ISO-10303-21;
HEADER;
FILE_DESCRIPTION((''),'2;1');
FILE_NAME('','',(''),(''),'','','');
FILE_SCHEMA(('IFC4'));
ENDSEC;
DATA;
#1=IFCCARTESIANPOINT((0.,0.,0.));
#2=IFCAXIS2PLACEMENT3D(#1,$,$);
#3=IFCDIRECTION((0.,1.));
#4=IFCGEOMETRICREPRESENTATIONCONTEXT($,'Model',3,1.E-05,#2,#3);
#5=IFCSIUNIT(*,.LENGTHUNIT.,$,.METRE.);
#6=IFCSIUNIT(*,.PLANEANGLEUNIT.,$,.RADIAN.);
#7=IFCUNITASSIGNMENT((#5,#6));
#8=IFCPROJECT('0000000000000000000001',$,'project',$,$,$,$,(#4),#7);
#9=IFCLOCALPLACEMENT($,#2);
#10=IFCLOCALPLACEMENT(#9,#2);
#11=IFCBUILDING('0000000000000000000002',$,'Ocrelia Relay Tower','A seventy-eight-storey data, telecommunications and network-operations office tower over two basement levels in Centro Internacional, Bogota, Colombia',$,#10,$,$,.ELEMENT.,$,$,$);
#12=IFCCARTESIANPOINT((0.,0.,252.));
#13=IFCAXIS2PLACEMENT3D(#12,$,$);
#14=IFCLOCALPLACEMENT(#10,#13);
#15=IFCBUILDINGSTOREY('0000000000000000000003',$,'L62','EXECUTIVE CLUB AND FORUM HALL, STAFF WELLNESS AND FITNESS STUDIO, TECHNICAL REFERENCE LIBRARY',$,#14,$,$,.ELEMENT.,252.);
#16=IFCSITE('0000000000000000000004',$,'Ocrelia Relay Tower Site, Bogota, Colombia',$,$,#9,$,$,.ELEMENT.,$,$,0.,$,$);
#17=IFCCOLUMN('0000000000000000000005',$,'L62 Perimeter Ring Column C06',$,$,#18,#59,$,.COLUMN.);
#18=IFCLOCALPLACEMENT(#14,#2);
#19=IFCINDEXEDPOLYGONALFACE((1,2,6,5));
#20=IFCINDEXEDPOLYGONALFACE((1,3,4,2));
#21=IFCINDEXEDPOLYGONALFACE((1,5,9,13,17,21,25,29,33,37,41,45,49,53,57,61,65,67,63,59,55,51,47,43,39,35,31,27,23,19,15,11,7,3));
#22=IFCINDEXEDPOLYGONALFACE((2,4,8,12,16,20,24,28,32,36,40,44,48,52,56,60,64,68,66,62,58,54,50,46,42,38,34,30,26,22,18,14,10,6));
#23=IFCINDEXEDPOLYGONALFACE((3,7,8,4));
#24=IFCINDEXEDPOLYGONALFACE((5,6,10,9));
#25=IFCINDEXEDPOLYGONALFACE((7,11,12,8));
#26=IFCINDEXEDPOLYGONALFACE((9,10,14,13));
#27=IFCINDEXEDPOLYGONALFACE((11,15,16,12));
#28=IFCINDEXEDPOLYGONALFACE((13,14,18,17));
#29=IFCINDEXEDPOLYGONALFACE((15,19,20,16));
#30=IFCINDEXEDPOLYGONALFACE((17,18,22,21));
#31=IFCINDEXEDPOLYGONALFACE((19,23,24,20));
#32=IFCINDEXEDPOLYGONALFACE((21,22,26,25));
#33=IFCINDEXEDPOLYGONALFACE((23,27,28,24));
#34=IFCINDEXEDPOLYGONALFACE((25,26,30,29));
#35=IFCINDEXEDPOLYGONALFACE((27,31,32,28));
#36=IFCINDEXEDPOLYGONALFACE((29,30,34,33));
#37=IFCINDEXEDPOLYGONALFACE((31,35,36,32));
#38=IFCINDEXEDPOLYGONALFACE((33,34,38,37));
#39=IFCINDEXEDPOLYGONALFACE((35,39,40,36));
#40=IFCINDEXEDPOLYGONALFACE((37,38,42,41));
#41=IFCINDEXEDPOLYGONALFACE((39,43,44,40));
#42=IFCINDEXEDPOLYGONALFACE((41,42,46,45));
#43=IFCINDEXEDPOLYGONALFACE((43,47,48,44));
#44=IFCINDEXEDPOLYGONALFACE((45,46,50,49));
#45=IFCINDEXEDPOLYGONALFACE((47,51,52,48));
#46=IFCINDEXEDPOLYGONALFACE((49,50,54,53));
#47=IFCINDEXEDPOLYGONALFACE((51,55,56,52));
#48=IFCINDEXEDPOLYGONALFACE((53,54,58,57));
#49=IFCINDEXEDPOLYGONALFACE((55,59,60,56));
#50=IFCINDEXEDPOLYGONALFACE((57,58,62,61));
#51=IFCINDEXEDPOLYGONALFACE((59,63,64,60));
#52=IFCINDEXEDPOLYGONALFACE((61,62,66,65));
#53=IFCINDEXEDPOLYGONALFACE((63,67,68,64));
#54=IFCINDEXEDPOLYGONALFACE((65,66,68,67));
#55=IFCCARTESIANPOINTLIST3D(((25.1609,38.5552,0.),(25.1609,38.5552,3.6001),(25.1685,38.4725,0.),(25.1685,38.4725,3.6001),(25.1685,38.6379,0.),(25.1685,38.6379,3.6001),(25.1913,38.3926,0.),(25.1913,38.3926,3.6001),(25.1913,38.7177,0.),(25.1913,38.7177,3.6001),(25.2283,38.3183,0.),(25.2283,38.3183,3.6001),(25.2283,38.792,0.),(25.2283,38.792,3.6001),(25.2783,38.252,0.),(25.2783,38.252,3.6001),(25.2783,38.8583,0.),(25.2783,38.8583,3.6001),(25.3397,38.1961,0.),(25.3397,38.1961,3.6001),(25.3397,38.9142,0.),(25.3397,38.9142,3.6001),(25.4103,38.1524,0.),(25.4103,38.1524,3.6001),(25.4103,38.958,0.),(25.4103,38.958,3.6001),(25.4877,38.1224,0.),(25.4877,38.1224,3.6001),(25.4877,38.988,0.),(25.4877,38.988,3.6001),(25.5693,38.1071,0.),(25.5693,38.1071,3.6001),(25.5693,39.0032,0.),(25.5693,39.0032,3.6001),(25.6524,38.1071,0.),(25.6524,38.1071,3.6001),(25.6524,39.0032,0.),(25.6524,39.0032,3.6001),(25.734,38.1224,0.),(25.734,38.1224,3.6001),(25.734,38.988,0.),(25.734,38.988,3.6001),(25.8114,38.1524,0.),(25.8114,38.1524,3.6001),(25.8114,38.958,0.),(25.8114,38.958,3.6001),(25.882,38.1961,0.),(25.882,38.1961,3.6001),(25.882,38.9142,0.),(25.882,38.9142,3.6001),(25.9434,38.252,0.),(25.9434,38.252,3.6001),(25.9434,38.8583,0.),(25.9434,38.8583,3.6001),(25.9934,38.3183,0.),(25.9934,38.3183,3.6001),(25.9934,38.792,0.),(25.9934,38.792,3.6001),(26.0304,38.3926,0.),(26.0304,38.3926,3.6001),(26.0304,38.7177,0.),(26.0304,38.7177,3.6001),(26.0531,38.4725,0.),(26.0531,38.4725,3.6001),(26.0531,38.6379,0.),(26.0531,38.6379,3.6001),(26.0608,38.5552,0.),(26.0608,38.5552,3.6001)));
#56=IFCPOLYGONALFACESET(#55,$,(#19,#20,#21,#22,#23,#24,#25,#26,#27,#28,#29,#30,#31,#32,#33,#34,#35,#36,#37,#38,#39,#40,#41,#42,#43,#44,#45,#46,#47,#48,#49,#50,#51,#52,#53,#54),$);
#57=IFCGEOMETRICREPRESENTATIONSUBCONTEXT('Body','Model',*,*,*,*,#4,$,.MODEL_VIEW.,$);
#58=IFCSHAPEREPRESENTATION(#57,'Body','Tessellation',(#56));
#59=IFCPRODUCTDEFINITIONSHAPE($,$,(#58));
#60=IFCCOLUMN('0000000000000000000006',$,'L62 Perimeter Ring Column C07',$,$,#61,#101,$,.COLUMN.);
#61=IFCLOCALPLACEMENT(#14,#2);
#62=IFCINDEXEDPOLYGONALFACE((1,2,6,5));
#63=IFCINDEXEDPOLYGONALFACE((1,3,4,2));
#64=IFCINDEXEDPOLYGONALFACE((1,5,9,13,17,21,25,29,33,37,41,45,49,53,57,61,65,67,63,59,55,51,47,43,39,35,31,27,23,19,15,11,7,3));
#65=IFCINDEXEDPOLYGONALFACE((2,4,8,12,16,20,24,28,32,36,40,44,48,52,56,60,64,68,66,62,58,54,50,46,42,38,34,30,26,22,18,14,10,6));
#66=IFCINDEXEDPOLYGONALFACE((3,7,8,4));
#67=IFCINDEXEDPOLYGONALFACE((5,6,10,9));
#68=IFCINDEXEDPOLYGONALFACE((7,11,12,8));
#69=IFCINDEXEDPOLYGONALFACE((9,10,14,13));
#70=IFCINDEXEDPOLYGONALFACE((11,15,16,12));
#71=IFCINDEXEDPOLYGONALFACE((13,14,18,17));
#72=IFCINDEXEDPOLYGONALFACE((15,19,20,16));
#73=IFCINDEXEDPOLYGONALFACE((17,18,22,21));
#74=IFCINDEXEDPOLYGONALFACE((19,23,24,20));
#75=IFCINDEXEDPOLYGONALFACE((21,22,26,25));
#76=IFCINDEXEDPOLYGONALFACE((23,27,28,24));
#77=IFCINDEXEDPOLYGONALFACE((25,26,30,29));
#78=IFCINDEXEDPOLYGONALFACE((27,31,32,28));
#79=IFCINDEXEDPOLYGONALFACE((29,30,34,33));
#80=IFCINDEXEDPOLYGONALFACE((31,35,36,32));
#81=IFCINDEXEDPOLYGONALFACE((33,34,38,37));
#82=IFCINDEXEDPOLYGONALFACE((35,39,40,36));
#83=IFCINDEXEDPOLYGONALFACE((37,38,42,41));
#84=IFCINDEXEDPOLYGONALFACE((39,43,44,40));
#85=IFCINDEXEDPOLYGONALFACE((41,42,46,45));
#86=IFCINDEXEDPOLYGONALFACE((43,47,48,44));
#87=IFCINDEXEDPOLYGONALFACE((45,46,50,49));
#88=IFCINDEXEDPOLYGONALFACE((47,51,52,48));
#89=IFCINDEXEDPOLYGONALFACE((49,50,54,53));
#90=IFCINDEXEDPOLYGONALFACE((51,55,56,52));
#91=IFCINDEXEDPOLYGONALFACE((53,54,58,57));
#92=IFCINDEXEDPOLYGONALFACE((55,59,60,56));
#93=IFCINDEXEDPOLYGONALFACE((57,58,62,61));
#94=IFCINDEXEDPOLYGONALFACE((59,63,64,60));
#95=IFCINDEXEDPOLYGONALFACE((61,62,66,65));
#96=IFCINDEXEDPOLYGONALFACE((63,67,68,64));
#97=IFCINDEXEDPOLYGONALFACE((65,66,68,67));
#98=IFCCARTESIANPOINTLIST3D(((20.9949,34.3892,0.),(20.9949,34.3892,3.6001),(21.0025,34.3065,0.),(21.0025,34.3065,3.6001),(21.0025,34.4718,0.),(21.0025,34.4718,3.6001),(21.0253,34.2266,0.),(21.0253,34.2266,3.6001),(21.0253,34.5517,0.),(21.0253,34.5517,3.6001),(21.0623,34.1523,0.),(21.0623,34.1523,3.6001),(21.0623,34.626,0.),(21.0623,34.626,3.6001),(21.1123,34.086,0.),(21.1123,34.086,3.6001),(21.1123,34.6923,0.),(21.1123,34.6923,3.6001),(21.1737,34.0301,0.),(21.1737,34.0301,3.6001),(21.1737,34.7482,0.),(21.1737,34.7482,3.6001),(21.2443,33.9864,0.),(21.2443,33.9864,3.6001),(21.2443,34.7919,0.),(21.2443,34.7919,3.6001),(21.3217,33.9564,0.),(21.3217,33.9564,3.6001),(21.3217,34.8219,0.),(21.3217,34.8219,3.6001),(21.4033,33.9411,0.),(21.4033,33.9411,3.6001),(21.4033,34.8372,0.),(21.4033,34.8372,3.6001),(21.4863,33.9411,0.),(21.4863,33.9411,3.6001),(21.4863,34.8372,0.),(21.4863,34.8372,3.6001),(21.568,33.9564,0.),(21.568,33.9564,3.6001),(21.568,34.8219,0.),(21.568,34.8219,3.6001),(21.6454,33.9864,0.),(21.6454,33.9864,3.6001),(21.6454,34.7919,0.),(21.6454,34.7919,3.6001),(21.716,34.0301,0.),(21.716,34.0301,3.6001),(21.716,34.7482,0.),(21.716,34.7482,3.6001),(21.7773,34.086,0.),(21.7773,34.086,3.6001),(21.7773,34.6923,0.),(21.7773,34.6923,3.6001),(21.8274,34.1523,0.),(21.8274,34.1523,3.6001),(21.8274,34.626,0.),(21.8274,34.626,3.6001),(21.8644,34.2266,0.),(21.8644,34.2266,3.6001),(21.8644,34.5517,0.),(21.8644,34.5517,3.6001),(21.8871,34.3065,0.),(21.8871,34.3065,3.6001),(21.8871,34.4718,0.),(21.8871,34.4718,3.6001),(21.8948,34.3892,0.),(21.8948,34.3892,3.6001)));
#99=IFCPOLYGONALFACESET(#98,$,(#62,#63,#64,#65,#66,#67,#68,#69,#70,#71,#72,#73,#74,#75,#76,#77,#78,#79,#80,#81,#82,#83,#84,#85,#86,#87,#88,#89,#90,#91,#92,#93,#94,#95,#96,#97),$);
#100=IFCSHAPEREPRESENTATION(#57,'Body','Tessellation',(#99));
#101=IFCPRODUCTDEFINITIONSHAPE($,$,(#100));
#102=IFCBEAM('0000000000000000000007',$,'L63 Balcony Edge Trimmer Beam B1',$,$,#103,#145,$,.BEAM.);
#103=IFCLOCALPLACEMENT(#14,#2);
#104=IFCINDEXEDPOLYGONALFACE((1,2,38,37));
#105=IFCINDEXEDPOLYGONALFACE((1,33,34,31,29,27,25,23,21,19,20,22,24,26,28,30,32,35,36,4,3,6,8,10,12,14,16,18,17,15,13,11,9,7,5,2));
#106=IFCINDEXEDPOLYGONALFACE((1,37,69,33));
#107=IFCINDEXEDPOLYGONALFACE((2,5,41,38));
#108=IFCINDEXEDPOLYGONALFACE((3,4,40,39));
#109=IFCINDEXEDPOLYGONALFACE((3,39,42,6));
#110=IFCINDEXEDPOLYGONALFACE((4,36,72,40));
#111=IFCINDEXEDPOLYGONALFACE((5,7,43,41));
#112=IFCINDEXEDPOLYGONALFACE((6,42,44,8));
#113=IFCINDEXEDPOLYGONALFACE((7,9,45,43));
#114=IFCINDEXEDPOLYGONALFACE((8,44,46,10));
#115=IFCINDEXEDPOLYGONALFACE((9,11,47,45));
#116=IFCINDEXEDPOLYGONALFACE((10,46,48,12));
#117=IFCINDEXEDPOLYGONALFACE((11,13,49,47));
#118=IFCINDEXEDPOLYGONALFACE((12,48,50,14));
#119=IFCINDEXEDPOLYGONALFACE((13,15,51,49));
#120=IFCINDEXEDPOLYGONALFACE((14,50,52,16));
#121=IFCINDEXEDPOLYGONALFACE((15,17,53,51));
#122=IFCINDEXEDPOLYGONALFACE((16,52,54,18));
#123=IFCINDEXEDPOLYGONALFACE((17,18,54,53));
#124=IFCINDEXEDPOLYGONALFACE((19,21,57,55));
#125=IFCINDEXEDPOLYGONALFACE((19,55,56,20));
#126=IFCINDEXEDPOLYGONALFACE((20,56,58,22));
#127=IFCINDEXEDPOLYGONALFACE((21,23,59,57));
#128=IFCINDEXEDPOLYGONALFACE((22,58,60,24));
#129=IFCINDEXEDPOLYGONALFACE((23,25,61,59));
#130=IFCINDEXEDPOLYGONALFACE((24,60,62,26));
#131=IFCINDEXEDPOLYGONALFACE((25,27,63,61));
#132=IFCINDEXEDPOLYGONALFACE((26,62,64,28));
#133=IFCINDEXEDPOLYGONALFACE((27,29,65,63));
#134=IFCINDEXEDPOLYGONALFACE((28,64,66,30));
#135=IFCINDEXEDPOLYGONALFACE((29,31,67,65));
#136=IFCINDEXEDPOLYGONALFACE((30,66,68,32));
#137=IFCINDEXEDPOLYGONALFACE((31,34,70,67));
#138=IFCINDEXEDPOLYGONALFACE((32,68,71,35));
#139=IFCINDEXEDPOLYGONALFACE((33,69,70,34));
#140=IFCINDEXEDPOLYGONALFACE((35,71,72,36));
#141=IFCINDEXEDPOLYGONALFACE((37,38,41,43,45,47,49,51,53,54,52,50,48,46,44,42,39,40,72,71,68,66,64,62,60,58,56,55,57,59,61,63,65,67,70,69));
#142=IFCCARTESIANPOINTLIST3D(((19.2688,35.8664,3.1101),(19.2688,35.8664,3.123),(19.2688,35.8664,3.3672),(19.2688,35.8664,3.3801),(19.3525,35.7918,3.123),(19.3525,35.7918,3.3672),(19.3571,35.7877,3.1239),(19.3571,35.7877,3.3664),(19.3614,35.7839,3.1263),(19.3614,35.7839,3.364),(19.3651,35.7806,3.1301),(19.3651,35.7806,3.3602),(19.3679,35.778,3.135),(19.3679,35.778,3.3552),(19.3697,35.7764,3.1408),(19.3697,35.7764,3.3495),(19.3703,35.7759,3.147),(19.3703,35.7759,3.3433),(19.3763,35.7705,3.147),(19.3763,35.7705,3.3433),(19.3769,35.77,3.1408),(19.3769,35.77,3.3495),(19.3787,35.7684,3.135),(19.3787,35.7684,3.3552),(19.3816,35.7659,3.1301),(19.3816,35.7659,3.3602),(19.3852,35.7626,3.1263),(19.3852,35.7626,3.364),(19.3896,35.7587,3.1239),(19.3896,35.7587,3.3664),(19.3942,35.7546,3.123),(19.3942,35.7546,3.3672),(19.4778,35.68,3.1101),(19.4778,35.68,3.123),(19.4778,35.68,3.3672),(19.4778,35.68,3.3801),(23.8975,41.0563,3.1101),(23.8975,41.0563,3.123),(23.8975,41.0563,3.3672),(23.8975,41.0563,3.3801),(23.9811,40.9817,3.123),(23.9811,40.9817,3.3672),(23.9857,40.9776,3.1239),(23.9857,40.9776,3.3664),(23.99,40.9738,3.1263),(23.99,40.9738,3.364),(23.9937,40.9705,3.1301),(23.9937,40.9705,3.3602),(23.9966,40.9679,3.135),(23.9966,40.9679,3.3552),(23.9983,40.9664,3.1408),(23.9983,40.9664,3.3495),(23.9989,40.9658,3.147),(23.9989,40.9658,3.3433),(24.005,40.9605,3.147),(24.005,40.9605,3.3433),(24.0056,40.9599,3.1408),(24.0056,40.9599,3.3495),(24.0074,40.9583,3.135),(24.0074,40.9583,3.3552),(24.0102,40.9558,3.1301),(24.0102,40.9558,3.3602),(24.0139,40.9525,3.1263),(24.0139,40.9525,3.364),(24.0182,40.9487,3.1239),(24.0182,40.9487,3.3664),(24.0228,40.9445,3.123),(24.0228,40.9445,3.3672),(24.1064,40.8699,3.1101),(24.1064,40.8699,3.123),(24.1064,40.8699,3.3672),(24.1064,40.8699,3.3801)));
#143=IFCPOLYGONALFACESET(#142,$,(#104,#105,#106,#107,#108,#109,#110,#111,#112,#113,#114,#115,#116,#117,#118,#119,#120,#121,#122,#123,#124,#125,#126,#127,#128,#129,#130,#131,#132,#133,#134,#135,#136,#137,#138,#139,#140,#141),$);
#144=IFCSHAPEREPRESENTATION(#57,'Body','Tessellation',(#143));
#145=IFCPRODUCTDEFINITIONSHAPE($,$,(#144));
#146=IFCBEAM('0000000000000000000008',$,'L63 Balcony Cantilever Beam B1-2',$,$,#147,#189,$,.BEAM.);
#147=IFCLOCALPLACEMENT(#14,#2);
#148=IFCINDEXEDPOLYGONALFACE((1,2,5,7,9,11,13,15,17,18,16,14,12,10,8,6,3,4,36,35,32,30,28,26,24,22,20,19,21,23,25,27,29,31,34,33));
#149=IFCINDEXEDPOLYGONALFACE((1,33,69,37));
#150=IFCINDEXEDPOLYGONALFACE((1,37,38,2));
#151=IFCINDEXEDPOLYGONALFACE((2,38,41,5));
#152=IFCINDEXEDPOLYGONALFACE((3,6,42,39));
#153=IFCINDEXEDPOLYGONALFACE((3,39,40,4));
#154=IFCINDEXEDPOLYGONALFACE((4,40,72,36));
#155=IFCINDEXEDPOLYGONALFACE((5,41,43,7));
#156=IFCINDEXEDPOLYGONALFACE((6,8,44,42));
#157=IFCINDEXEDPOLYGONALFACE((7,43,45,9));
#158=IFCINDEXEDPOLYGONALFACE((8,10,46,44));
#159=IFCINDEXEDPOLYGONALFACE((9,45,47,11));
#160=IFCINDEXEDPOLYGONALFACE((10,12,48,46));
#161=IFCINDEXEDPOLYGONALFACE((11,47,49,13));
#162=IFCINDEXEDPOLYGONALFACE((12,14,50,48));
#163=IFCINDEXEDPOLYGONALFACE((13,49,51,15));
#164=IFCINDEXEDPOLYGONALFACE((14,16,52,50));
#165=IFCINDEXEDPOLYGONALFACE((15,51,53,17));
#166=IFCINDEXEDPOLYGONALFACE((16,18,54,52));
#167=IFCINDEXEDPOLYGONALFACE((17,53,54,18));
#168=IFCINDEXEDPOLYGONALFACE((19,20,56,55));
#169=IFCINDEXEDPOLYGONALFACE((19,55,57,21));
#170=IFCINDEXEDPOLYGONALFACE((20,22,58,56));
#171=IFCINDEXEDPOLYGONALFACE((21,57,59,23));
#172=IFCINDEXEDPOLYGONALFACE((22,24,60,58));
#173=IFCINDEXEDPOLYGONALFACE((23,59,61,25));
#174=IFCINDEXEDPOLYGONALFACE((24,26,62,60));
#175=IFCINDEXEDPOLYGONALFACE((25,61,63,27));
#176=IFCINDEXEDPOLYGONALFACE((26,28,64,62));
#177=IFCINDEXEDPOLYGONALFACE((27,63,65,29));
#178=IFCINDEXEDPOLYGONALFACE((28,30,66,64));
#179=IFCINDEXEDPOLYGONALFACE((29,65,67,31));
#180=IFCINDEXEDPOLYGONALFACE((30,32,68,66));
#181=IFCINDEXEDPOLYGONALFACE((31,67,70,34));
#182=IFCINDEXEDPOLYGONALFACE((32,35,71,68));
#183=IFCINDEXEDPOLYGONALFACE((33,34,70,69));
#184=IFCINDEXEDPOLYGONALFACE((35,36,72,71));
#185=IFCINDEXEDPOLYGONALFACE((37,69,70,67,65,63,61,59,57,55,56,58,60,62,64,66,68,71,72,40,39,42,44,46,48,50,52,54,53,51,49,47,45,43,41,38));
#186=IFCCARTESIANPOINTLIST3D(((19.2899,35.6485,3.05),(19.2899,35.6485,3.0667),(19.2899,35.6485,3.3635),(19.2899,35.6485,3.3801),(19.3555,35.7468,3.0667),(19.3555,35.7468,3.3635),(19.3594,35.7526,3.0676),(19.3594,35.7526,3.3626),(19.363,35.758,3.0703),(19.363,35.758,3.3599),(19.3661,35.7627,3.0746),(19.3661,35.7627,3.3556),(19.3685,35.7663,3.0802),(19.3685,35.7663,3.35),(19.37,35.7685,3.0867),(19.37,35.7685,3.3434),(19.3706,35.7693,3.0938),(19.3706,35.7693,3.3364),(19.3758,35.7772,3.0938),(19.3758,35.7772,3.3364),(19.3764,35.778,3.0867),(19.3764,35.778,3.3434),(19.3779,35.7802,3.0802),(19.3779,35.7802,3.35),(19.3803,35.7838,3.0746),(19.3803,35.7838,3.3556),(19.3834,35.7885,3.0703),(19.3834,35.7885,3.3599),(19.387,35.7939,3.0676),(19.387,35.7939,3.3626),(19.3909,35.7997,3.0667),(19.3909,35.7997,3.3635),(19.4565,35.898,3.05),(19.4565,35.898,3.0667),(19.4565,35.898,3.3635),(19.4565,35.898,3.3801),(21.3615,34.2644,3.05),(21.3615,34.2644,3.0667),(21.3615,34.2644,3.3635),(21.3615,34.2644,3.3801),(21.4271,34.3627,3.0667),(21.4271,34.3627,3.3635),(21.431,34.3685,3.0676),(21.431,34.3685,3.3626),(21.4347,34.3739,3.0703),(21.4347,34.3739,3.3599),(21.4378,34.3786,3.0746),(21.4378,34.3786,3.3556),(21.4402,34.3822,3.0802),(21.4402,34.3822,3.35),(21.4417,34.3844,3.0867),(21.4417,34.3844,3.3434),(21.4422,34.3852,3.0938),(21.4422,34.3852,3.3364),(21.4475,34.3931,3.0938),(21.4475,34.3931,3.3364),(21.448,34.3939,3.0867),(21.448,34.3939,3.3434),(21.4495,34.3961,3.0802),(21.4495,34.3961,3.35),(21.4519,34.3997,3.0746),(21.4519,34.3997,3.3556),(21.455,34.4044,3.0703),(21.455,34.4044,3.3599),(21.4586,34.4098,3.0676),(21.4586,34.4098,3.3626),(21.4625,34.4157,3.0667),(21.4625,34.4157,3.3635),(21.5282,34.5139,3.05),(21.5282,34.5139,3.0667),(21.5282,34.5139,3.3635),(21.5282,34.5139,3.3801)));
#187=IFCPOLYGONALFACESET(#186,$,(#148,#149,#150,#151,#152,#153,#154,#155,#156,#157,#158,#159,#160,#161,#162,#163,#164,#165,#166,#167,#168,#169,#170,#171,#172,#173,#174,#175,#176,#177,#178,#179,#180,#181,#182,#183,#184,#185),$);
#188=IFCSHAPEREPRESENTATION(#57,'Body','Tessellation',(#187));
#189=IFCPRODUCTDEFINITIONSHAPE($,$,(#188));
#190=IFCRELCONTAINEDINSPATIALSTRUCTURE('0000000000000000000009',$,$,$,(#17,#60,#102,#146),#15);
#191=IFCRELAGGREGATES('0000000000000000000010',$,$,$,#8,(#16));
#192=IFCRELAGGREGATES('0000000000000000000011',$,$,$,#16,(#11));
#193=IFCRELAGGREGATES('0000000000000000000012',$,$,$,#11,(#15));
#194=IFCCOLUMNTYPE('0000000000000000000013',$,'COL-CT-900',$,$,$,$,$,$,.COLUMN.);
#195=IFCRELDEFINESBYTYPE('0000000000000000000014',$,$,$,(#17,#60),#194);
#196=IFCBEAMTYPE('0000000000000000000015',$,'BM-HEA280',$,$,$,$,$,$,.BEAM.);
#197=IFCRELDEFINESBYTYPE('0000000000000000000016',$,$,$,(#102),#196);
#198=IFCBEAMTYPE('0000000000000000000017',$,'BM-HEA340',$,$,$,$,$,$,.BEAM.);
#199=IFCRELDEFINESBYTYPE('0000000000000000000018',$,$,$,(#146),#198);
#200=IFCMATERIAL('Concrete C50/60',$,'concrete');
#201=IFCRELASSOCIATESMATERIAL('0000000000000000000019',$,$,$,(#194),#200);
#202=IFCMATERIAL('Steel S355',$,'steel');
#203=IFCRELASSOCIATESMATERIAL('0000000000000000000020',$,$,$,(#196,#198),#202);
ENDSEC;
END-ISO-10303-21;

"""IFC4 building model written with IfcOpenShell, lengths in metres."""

from ifc_helpers import new_model, si_unit, direction, frame, origin, origin_2d, place, context, subcontext, project, spatial, circle, i_section, extrude, material, material_profile, profile_set, type_object, element, save


model = new_model("IFC4")

# Units and contexts
model_context = context("Model", 3, precision=1e-05, world=origin(), true_north=direction((0.0, 1.0)))
body_context = subcontext(model_context, "Body", "Model", "MODEL_VIEW")
ifc_project = project(units=[si_unit("LENGTHUNIT", "METRE"), si_unit("PLANEANGLEUNIT", "RADIAN")], contexts=[model_context])

# Site, building, storey
site_placement = place(None, origin())
site = spatial("IfcSite", under=ifc_project, at=site_placement, Name="Ocrelia Relay Tower Site, Bogota, Colombia", CompositionType="ELEMENT", RefElevation=0.0)
building_placement = place(site_placement, origin())
building = spatial("IfcBuilding", under=site, at=building_placement, Name="Ocrelia Relay Tower", Description="A seventy-eight-storey data, telecommunications and network-operations office tower over two basement levels in Centro Internacional, Bogota, Colombia", CompositionType="ELEMENT")
storey_placement = place(building_placement, frame((0.0, 0.0, 252.0)))
storey = spatial("IfcBuildingStorey", under=building, at=storey_placement, Name="L62", Description="EXECUTIVE CLUB AND FORUM HALL, STAFF WELLNESS AND FITNESS STUDIO, TECHNICAL REFERENCE LIBRARY", CompositionType="ELEMENT", Elevation=252.0)

# Columns
ifc_material_1 = material(Name="Concrete C50/60", Category="concrete")
ifc_material_profile_1 = material_profile(ifc_material_1, circle(Radius=0.45, at=origin_2d()), Name="RC-CIR-900")
ifc_profile_set_1 = profile_set([ifc_material_profile_1], Name="Concrete C50/60")
column_type = type_object("IfcColumnType", Name="COL-CT-900", PredefinedType="COLUMN", material=ifc_profile_set_1)
for number, where, z_axis, x_axis, name in (
    (1, (25.6108, 38.5552, 0.0), (0.0, 0.0, 1.0), (1.0, 0.0, 0.0), "L62 Perimeter Ring Column C06"),
    (2, (21.4448, 34.3892, 0.0), (0.0, 0.0, 1.0), (1.0, 0.0, 0.0), "L62 Perimeter Ring Column C07"),
):
    element("IfcColumn", number, at=place(storey_placement, frame(where, z_axis=z_axis, x_axis=x_axis)), inside=storey, type_object=column_type, Name=name, PredefinedType="COLUMN", context=body_context, shape_type="SweptSolid", body=[
        extrude(circle(Radius=0.45, at=origin_2d()), origin(), (0.0, 0.0, 1.0), 3.6001),
    ])

# Beams
ifc_material_2 = material(Name="Steel S355", Category="steel")
ifc_material_profile_2 = material_profile(ifc_material_2, i_section(OverallWidth=0.28, OverallDepth=0.27, WebThickness=0.0081, FlangeThickness=0.0129, FilletRadius=0.0239, at=origin_2d()), Name="HEA 280")
ifc_profile_set_2 = profile_set([ifc_material_profile_2], Name="Steel S355")
beam_type_1 = type_object("IfcBeamType", Name="BM-HEA280", PredefinedType="BEAM", material=ifc_profile_set_2)
beam_1_placement = place(storey_placement, frame((24.002, 40.9631, 3.2451), z_axis=(-0.665598, -0.74631, 0.0), x_axis=(0.74631, -0.665598, 0.0)))
element("IfcBeam", 3, at=beam_1_placement, inside=storey, type_object=beam_type_1, Name="L63 Balcony Edge Trimmer Beam B1", PredefinedType="BEAM", context=body_context, shape_type="SweptSolid", body=[
    extrude(i_section(OverallWidth=0.28, OverallDepth=0.27, WebThickness=0.0081, FlangeThickness=0.0129, FilletRadius=0.0239, at=origin_2d()), origin(), (0.0, 0.0, 1.0), 6.9541),
])
ifc_material_profile_3 = material_profile(ifc_material_2, i_section(OverallWidth=0.3, OverallDepth=0.3301, WebThickness=0.0095, FlangeThickness=0.0166, FilletRadius=0.0271, at=origin_2d()), Name="HEA 340")
ifc_profile_set_3 = profile_set([ifc_material_profile_3], Name="Steel S355")
beam_type_2 = type_object("IfcBeamType", Name="BM-HEA340", PredefinedType="BEAM", material=ifc_profile_set_3)
beam_2_placement = place(storey_placement, frame((21.4448, 34.3892, 3.2151), z_axis=(-0.831492, 0.555537, 0.0), x_axis=(-0.555537, -0.831492, 0.0)))
element("IfcBeam", 4, at=beam_2_placement, inside=storey, type_object=beam_type_2, Name="L63 Balcony Cantilever Beam B1-2", PredefinedType="BEAM", context=body_context, shape_type="SweptSolid", body=[
    extrude(i_section(OverallWidth=0.3, OverallDepth=0.3301, WebThickness=0.0095, FlangeThickness=0.0166, FilletRadius=0.0271, at=origin_2d()), origin(), (0.0, 0.0, 1.0), 2.4915),
])

save(model, "model.ifc")
